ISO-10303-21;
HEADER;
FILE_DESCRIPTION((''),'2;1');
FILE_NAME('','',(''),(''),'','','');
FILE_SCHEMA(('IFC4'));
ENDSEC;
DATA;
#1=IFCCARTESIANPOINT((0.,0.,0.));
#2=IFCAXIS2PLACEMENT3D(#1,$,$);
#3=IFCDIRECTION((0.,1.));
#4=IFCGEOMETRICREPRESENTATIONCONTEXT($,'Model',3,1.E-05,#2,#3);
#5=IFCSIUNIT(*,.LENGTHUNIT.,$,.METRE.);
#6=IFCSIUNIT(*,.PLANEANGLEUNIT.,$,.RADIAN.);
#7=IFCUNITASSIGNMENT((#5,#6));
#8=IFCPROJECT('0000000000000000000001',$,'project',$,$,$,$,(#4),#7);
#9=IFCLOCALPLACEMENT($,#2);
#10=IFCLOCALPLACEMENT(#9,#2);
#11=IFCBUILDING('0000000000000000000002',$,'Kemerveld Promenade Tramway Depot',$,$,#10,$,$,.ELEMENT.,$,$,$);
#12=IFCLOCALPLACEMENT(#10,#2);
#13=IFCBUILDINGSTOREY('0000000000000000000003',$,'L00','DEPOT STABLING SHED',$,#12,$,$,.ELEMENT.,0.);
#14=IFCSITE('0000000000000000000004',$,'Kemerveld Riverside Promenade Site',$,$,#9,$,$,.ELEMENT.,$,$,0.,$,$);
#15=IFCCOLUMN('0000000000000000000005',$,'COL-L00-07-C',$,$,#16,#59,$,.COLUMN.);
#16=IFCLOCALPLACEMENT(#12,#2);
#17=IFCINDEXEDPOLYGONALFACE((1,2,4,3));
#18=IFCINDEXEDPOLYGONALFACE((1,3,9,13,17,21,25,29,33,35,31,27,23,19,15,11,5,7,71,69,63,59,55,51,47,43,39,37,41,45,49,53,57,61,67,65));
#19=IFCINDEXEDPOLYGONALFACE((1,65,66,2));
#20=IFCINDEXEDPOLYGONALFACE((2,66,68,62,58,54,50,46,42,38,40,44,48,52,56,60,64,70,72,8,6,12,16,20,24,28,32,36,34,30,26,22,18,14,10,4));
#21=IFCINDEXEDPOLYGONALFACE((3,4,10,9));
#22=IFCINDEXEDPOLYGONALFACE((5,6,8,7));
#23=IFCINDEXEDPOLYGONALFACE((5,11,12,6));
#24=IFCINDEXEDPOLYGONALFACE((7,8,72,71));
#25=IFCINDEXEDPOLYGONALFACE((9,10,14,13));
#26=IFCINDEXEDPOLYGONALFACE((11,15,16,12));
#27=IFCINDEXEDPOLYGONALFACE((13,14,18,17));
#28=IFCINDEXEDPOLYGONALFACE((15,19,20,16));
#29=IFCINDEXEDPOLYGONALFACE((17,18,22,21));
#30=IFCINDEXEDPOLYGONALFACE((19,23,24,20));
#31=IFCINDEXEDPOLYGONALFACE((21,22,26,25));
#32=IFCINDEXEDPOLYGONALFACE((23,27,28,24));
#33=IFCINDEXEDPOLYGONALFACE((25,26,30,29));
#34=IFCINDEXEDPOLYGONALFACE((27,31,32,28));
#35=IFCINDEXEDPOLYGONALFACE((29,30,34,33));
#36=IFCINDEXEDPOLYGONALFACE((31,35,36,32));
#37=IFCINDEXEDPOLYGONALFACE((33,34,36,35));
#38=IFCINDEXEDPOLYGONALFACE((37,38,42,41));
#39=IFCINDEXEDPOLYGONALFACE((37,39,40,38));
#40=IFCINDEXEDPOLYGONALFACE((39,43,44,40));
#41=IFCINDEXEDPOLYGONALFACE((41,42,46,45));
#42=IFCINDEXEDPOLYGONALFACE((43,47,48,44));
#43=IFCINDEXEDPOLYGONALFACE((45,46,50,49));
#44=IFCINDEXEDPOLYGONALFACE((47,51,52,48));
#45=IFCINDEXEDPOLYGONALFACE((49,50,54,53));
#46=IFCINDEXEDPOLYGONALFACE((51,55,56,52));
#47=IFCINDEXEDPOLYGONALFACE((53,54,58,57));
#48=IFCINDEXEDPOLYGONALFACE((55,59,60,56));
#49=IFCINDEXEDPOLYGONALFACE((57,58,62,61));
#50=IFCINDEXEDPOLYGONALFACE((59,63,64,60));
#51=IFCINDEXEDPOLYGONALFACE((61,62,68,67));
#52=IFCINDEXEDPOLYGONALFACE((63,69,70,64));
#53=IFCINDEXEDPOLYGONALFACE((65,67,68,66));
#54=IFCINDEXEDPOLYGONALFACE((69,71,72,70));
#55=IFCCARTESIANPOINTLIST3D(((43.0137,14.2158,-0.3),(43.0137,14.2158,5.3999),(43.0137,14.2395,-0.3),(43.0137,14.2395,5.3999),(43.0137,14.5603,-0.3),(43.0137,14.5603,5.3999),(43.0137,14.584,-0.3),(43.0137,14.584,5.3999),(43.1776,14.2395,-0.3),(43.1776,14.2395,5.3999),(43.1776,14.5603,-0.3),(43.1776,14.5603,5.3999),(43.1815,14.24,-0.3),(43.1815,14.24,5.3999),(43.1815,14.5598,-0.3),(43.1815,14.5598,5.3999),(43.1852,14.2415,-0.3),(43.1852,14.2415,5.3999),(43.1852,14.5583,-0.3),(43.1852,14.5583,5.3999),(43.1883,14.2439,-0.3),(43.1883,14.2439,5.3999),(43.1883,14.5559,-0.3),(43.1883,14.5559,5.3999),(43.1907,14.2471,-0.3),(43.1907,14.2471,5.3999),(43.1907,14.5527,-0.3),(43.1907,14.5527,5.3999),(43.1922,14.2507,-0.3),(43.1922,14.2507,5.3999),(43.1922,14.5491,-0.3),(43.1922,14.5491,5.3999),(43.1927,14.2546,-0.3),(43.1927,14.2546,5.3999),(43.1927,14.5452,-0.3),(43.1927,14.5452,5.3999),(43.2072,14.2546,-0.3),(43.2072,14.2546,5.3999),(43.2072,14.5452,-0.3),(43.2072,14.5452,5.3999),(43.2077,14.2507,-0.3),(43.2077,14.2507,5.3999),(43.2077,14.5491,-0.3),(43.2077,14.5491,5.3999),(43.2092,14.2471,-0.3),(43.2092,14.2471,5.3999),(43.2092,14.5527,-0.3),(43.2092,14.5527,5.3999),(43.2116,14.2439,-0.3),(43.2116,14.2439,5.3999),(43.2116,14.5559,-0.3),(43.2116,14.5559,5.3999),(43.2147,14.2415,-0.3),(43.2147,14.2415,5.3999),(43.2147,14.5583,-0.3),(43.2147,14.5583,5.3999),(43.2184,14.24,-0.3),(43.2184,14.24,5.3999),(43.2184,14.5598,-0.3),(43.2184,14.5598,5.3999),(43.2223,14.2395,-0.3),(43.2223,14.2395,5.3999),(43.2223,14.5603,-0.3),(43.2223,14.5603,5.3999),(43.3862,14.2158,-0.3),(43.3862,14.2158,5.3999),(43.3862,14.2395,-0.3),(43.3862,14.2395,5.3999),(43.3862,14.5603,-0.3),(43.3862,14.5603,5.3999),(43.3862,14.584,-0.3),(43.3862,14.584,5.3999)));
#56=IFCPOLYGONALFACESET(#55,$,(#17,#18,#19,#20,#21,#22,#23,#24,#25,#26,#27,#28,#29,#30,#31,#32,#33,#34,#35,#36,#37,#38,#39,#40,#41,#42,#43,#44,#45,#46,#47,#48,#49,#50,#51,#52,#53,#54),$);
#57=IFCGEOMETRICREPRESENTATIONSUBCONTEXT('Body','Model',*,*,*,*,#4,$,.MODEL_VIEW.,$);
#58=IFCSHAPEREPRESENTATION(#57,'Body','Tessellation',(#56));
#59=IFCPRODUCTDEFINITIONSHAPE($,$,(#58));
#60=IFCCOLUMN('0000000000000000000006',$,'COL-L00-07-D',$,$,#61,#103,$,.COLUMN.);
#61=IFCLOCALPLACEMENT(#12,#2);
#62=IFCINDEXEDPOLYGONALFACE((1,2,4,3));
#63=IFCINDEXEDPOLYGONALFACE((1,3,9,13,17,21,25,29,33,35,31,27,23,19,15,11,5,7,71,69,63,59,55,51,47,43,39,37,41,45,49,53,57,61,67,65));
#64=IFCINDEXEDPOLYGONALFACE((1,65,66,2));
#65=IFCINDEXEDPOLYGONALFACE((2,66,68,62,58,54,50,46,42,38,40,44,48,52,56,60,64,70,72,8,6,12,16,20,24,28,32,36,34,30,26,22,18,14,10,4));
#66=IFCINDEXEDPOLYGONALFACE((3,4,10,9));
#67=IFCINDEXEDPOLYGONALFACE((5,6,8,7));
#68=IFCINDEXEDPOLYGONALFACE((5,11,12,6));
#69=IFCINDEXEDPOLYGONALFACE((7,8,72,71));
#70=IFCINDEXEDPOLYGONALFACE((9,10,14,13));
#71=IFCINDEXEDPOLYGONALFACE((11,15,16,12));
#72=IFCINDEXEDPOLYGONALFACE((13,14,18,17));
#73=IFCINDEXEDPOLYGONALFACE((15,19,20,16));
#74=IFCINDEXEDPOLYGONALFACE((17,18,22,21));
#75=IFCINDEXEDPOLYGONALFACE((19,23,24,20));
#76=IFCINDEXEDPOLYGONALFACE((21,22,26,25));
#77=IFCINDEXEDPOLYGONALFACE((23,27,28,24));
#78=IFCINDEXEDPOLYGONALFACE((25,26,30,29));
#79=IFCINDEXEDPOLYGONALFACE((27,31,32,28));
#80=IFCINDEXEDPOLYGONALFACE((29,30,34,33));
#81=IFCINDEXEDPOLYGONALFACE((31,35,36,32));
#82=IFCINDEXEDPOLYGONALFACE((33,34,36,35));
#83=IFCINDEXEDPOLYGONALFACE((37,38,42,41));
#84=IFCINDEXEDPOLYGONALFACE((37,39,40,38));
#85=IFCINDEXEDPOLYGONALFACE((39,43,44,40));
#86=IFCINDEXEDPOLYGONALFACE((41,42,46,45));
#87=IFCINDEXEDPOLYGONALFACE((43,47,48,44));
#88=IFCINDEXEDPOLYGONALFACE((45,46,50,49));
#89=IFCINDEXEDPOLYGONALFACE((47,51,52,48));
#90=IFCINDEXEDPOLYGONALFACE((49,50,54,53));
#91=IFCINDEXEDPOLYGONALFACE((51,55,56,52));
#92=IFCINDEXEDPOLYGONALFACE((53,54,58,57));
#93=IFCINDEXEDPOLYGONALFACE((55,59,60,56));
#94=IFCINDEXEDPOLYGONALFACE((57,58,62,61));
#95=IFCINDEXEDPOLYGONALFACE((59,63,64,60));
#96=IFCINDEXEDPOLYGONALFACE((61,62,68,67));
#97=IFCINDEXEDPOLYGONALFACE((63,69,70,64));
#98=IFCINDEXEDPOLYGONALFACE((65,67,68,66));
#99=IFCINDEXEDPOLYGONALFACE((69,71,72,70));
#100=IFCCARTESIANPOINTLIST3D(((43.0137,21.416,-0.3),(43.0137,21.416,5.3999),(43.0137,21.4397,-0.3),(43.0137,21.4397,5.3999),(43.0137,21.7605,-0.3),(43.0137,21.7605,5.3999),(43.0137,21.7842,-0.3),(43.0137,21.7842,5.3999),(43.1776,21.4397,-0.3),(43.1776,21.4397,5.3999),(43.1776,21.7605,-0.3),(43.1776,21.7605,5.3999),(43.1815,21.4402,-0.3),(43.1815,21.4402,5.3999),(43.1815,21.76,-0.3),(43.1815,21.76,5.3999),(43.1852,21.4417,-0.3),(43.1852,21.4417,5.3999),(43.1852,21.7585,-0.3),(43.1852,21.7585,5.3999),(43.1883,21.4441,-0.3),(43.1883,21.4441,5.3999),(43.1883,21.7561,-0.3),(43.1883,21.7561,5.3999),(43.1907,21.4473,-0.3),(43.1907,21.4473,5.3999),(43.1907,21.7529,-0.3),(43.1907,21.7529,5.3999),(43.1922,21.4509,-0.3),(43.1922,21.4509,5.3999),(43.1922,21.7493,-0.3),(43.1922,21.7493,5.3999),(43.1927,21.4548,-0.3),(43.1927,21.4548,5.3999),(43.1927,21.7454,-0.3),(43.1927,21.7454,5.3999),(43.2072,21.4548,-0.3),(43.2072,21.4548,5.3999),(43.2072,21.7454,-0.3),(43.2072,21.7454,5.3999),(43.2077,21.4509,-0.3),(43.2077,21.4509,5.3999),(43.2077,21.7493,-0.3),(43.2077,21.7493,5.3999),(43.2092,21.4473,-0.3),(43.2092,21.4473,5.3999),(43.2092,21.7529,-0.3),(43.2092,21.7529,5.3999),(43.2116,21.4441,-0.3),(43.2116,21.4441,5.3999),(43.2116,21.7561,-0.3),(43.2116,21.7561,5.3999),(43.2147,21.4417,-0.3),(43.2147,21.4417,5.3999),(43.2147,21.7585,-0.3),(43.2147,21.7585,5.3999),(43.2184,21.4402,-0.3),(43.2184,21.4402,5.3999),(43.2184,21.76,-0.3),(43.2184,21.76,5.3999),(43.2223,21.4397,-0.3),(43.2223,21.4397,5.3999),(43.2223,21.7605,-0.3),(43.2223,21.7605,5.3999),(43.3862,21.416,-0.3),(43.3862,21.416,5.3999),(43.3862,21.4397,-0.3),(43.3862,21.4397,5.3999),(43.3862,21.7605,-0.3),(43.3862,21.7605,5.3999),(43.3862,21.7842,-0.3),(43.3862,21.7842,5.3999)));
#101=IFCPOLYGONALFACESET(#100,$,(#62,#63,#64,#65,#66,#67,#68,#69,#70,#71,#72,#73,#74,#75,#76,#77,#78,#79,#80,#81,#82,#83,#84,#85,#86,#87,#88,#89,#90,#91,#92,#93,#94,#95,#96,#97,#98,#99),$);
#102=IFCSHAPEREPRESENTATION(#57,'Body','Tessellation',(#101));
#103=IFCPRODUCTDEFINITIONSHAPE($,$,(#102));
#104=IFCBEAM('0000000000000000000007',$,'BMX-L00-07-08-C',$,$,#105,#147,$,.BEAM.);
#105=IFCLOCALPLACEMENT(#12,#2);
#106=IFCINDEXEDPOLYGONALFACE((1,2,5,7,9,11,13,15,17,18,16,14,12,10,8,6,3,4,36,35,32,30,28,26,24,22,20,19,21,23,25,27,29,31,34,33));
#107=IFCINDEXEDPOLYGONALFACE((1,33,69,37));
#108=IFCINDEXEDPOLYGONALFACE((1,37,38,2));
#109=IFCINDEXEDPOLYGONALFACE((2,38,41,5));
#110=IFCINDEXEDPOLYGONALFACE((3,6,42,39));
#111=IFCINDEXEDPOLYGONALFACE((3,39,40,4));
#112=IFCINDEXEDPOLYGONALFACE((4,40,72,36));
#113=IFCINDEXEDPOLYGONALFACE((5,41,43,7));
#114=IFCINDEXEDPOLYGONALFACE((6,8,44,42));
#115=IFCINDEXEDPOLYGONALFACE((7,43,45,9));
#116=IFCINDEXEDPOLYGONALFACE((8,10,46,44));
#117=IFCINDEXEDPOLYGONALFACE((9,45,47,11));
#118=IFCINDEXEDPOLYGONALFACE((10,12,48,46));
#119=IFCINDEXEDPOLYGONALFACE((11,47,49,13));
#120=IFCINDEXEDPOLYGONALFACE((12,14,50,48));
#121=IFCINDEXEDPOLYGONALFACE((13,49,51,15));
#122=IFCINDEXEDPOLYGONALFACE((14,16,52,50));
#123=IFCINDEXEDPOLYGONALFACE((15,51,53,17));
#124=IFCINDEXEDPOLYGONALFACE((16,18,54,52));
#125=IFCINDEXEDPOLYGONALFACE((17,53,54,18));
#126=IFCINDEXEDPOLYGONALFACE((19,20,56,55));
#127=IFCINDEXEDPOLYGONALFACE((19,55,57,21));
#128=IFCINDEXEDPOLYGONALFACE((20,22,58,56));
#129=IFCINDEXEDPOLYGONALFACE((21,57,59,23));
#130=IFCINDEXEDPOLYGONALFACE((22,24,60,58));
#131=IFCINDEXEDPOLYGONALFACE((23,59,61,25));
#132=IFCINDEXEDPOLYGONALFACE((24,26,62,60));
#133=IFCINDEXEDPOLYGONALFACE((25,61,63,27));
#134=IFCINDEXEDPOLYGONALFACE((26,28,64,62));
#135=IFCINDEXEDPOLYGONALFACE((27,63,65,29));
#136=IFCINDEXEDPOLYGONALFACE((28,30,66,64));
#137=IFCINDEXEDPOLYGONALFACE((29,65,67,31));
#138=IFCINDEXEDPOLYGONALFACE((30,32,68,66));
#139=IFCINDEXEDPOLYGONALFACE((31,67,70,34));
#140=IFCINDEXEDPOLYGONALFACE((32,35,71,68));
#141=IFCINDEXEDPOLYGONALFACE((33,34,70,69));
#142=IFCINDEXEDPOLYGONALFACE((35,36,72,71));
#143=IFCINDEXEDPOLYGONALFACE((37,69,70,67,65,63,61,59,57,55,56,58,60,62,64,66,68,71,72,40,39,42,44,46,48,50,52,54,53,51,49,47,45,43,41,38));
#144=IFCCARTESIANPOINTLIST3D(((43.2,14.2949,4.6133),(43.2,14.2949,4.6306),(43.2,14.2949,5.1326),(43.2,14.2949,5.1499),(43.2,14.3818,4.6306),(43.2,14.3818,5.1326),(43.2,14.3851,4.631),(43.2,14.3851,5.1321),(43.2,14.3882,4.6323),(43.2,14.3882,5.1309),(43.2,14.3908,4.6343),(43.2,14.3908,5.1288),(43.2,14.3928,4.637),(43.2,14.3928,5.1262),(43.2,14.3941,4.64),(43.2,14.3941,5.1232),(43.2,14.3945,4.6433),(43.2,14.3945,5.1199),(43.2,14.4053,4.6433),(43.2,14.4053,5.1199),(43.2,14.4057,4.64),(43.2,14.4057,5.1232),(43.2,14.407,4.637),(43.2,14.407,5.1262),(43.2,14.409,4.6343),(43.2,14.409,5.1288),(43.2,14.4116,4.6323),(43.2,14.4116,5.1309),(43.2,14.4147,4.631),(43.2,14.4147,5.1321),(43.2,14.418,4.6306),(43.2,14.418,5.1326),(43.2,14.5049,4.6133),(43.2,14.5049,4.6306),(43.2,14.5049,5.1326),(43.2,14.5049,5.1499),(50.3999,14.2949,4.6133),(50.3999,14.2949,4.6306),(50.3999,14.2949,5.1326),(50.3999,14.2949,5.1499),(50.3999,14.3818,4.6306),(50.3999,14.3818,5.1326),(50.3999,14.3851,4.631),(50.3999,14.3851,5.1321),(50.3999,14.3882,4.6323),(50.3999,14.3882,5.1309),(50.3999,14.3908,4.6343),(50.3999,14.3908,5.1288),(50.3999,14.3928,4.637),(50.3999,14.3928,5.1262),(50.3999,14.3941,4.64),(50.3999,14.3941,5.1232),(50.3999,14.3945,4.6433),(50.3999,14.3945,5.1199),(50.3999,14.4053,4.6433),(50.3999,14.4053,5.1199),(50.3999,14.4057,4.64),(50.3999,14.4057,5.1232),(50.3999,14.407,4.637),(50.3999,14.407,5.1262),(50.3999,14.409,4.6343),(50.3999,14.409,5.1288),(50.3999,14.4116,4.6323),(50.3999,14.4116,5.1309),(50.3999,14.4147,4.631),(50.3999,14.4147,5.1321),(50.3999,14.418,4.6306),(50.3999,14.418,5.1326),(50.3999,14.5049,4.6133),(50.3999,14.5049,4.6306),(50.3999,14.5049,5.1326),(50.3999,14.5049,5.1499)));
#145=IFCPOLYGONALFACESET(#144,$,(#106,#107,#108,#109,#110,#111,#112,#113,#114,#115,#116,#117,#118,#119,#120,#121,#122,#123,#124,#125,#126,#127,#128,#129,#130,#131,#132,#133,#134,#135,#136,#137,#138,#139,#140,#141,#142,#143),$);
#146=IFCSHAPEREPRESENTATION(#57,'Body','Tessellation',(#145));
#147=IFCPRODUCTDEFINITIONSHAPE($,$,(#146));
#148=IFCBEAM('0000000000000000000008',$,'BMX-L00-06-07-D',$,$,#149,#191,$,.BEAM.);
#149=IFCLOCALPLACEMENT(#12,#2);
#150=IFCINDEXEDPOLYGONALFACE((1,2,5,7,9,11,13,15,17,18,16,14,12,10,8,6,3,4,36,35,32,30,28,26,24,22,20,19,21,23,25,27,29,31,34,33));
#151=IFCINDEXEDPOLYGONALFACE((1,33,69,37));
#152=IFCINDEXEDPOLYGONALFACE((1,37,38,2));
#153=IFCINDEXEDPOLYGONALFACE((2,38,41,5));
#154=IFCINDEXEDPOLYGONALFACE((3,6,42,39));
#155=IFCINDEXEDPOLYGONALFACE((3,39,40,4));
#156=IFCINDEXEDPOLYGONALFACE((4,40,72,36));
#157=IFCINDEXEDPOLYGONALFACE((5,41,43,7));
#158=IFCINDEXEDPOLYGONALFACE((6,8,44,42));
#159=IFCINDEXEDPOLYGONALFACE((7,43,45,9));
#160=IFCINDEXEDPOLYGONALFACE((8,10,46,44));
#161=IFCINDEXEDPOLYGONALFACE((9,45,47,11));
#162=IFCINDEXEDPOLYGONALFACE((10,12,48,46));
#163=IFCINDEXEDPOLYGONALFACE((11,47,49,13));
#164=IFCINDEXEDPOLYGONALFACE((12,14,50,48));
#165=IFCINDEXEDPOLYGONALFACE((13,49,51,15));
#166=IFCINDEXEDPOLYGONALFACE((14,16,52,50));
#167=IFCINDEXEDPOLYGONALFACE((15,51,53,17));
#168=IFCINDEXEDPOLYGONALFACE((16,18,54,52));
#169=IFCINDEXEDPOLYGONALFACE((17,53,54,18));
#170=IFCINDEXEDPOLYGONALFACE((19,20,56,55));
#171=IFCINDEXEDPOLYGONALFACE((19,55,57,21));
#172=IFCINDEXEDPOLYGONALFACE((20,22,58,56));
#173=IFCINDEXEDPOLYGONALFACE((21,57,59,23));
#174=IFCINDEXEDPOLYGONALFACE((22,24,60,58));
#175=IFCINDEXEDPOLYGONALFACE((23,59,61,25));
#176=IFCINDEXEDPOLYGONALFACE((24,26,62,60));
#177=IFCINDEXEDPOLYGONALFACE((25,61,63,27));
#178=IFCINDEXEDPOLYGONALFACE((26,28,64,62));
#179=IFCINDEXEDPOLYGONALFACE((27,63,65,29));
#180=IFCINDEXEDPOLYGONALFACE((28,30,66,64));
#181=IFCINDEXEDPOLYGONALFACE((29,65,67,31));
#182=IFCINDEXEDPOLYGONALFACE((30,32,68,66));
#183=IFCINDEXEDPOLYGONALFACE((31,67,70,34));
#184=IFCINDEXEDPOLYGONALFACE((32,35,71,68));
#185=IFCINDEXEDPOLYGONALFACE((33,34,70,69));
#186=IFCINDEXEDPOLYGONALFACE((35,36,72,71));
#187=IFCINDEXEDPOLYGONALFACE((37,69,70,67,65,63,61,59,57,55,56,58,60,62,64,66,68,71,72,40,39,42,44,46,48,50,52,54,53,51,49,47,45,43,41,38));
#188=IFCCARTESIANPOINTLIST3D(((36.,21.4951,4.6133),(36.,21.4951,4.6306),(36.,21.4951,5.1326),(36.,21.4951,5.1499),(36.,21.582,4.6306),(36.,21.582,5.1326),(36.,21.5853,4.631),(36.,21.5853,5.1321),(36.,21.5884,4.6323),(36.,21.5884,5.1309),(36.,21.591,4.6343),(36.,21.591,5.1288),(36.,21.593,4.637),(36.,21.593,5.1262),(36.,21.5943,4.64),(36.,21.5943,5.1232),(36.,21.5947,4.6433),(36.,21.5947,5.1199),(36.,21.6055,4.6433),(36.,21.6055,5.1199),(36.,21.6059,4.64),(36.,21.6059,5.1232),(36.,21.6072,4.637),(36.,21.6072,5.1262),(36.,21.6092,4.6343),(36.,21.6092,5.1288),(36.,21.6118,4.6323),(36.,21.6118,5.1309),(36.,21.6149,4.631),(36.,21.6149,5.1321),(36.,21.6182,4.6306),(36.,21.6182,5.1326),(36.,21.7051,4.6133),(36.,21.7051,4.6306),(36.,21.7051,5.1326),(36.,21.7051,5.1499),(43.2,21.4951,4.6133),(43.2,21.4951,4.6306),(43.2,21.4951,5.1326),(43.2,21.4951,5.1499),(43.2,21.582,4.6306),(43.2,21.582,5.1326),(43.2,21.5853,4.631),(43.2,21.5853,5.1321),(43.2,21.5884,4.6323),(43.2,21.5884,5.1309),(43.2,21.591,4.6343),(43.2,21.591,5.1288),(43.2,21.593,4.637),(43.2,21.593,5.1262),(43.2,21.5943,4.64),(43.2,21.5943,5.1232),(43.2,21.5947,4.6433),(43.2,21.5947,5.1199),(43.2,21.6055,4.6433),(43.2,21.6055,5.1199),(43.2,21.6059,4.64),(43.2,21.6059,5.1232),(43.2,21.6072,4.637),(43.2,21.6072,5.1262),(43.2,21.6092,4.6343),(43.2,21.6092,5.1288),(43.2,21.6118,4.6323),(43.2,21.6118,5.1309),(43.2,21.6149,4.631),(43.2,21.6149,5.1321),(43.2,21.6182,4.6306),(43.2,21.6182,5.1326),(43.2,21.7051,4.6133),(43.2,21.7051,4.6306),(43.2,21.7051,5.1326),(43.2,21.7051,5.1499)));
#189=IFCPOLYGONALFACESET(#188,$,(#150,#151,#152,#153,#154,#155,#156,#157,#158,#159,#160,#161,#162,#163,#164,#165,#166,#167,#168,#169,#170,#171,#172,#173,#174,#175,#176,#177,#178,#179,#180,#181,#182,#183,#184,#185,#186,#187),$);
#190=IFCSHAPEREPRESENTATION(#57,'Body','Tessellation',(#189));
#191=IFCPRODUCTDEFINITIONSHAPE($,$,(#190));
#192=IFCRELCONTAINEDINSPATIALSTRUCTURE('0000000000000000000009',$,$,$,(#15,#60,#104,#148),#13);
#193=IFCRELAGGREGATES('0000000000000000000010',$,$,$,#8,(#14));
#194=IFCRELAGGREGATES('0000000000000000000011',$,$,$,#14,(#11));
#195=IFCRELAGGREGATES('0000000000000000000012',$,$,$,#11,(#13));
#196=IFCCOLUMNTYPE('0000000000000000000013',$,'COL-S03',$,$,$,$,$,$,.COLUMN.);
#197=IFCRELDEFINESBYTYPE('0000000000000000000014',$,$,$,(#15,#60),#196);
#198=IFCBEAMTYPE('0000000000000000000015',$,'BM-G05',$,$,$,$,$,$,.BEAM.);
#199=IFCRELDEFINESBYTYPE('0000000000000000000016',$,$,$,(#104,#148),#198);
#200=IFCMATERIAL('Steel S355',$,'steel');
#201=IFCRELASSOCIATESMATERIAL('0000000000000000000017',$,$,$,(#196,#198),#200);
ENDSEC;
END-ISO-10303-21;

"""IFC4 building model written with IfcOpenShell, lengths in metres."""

from ifc_helpers import new_model, si_unit, direction, frame, origin, origin_2d, place, context, subcontext, project, spatial, i_section, extrude, material, material_profile, profile_set, type_object, element, save


model = new_model("IFC4")

# Units and contexts
model_context = context("Model", 3, precision=1e-05, world=origin(), true_north=direction((0.0, 1.0)))
body_context = subcontext(model_context, "Body", "Model", "MODEL_VIEW")
ifc_project = project(units=[si_unit("LENGTHUNIT", "METRE"), si_unit("PLANEANGLEUNIT", "RADIAN")], contexts=[model_context])

# Site, building, storey
site_placement = place(None, origin())
site = spatial("IfcSite", under=ifc_project, at=site_placement, Name="Kemerveld Riverside Promenade Site", CompositionType="ELEMENT", RefElevation=0.0)
building_placement = place(site_placement, origin())
building = spatial("IfcBuilding", under=site, at=building_placement, Name="Kemerveld Promenade Tramway Depot", CompositionType="ELEMENT")
storey_placement = place(building_placement, origin())
storey = spatial("IfcBuildingStorey", under=building, at=storey_placement, Name="L00", Description="DEPOT STABLING SHED", CompositionType="ELEMENT", Elevation=0.0)

# Columns
ifc_material_1 = material(Name="Steel S355", Category="steel")
ifc_material_profile_1 = material_profile(ifc_material_1, i_section(OverallWidth=0.3726, OverallDepth=0.3682, WebThickness=0.0144, FlangeThickness=0.0237, FilletRadius=0.0151, at=origin_2d()), Name="356x368x177 UC")
ifc_profile_set_1 = profile_set([ifc_material_profile_1], Name="Steel S355")
column_type = type_object("IfcColumnType", Name="COL-S03", PredefinedType="COLUMN", material=ifc_profile_set_1)
for number, where, z_axis, x_axis, name in (
    (1, (43.2, 14.3999, -0.3), (0.0, 0.0, 1.0), (1.0, 0.0, 0.0), "COL-L00-07-C"),
    (2, (43.2, 21.6001, -0.3), (0.0, 0.0, 1.0), (1.0, 0.0, 0.0), "COL-L00-07-D"),
):
    element("IfcColumn", number, at=place(storey_placement, frame(where, z_axis=z_axis, x_axis=x_axis)), inside=storey, type_object=column_type, Name=name, PredefinedType="COLUMN", context=body_context, shape_type="SweptSolid", body=[
        extrude(i_section(OverallWidth=0.3726, OverallDepth=0.3682, WebThickness=0.0144, FlangeThickness=0.0237, FilletRadius=0.0151, at=origin_2d()), origin(), (0.0, 0.0, 1.0), 5.7),
    ])

# Beams
ifc_material_profile_2 = material_profile(ifc_material_1, i_section(OverallWidth=0.21, OverallDepth=0.5366, WebThickness=0.0107, FlangeThickness=0.0173, FilletRadius=0.0127, at=origin_2d()), Name="533x210x101 UB")
ifc_profile_set_2 = profile_set([ifc_material_profile_2], Name="Steel S355")
beam_type_1 = type_object("IfcBeamType", Name="BM-G05", PredefinedType="BEAM", material=ifc_profile_set_2)
for number, where, z_axis, x_axis, name in (
    (3, (43.2, 14.3999, 4.8816), (1.0, 0.0, 0.0), (0.0, 1.0, 0.0), "BMX-L00-07-08-C"),
    (4, (36.0, 21.6001, 4.8816), (1.0, 0.0, 0.0), (0.0, 1.0, 0.0), "BMX-L00-06-07-D"),
):
    element("IfcBeam", number, at=place(storey_placement, frame(where, z_axis=z_axis, x_axis=x_axis)), inside=storey, type_object=beam_type_1, Name=name, PredefinedType="BEAM", context=body_context, shape_type="SweptSolid", body=[
        extrude(i_section(OverallWidth=0.21, OverallDepth=0.5366, WebThickness=0.0107, FlangeThickness=0.0173, FilletRadius=0.0127, at=origin_2d()), origin(), (0.0, 0.0, 1.0), 7.2),
    ])

save(model, "model.ifc")
